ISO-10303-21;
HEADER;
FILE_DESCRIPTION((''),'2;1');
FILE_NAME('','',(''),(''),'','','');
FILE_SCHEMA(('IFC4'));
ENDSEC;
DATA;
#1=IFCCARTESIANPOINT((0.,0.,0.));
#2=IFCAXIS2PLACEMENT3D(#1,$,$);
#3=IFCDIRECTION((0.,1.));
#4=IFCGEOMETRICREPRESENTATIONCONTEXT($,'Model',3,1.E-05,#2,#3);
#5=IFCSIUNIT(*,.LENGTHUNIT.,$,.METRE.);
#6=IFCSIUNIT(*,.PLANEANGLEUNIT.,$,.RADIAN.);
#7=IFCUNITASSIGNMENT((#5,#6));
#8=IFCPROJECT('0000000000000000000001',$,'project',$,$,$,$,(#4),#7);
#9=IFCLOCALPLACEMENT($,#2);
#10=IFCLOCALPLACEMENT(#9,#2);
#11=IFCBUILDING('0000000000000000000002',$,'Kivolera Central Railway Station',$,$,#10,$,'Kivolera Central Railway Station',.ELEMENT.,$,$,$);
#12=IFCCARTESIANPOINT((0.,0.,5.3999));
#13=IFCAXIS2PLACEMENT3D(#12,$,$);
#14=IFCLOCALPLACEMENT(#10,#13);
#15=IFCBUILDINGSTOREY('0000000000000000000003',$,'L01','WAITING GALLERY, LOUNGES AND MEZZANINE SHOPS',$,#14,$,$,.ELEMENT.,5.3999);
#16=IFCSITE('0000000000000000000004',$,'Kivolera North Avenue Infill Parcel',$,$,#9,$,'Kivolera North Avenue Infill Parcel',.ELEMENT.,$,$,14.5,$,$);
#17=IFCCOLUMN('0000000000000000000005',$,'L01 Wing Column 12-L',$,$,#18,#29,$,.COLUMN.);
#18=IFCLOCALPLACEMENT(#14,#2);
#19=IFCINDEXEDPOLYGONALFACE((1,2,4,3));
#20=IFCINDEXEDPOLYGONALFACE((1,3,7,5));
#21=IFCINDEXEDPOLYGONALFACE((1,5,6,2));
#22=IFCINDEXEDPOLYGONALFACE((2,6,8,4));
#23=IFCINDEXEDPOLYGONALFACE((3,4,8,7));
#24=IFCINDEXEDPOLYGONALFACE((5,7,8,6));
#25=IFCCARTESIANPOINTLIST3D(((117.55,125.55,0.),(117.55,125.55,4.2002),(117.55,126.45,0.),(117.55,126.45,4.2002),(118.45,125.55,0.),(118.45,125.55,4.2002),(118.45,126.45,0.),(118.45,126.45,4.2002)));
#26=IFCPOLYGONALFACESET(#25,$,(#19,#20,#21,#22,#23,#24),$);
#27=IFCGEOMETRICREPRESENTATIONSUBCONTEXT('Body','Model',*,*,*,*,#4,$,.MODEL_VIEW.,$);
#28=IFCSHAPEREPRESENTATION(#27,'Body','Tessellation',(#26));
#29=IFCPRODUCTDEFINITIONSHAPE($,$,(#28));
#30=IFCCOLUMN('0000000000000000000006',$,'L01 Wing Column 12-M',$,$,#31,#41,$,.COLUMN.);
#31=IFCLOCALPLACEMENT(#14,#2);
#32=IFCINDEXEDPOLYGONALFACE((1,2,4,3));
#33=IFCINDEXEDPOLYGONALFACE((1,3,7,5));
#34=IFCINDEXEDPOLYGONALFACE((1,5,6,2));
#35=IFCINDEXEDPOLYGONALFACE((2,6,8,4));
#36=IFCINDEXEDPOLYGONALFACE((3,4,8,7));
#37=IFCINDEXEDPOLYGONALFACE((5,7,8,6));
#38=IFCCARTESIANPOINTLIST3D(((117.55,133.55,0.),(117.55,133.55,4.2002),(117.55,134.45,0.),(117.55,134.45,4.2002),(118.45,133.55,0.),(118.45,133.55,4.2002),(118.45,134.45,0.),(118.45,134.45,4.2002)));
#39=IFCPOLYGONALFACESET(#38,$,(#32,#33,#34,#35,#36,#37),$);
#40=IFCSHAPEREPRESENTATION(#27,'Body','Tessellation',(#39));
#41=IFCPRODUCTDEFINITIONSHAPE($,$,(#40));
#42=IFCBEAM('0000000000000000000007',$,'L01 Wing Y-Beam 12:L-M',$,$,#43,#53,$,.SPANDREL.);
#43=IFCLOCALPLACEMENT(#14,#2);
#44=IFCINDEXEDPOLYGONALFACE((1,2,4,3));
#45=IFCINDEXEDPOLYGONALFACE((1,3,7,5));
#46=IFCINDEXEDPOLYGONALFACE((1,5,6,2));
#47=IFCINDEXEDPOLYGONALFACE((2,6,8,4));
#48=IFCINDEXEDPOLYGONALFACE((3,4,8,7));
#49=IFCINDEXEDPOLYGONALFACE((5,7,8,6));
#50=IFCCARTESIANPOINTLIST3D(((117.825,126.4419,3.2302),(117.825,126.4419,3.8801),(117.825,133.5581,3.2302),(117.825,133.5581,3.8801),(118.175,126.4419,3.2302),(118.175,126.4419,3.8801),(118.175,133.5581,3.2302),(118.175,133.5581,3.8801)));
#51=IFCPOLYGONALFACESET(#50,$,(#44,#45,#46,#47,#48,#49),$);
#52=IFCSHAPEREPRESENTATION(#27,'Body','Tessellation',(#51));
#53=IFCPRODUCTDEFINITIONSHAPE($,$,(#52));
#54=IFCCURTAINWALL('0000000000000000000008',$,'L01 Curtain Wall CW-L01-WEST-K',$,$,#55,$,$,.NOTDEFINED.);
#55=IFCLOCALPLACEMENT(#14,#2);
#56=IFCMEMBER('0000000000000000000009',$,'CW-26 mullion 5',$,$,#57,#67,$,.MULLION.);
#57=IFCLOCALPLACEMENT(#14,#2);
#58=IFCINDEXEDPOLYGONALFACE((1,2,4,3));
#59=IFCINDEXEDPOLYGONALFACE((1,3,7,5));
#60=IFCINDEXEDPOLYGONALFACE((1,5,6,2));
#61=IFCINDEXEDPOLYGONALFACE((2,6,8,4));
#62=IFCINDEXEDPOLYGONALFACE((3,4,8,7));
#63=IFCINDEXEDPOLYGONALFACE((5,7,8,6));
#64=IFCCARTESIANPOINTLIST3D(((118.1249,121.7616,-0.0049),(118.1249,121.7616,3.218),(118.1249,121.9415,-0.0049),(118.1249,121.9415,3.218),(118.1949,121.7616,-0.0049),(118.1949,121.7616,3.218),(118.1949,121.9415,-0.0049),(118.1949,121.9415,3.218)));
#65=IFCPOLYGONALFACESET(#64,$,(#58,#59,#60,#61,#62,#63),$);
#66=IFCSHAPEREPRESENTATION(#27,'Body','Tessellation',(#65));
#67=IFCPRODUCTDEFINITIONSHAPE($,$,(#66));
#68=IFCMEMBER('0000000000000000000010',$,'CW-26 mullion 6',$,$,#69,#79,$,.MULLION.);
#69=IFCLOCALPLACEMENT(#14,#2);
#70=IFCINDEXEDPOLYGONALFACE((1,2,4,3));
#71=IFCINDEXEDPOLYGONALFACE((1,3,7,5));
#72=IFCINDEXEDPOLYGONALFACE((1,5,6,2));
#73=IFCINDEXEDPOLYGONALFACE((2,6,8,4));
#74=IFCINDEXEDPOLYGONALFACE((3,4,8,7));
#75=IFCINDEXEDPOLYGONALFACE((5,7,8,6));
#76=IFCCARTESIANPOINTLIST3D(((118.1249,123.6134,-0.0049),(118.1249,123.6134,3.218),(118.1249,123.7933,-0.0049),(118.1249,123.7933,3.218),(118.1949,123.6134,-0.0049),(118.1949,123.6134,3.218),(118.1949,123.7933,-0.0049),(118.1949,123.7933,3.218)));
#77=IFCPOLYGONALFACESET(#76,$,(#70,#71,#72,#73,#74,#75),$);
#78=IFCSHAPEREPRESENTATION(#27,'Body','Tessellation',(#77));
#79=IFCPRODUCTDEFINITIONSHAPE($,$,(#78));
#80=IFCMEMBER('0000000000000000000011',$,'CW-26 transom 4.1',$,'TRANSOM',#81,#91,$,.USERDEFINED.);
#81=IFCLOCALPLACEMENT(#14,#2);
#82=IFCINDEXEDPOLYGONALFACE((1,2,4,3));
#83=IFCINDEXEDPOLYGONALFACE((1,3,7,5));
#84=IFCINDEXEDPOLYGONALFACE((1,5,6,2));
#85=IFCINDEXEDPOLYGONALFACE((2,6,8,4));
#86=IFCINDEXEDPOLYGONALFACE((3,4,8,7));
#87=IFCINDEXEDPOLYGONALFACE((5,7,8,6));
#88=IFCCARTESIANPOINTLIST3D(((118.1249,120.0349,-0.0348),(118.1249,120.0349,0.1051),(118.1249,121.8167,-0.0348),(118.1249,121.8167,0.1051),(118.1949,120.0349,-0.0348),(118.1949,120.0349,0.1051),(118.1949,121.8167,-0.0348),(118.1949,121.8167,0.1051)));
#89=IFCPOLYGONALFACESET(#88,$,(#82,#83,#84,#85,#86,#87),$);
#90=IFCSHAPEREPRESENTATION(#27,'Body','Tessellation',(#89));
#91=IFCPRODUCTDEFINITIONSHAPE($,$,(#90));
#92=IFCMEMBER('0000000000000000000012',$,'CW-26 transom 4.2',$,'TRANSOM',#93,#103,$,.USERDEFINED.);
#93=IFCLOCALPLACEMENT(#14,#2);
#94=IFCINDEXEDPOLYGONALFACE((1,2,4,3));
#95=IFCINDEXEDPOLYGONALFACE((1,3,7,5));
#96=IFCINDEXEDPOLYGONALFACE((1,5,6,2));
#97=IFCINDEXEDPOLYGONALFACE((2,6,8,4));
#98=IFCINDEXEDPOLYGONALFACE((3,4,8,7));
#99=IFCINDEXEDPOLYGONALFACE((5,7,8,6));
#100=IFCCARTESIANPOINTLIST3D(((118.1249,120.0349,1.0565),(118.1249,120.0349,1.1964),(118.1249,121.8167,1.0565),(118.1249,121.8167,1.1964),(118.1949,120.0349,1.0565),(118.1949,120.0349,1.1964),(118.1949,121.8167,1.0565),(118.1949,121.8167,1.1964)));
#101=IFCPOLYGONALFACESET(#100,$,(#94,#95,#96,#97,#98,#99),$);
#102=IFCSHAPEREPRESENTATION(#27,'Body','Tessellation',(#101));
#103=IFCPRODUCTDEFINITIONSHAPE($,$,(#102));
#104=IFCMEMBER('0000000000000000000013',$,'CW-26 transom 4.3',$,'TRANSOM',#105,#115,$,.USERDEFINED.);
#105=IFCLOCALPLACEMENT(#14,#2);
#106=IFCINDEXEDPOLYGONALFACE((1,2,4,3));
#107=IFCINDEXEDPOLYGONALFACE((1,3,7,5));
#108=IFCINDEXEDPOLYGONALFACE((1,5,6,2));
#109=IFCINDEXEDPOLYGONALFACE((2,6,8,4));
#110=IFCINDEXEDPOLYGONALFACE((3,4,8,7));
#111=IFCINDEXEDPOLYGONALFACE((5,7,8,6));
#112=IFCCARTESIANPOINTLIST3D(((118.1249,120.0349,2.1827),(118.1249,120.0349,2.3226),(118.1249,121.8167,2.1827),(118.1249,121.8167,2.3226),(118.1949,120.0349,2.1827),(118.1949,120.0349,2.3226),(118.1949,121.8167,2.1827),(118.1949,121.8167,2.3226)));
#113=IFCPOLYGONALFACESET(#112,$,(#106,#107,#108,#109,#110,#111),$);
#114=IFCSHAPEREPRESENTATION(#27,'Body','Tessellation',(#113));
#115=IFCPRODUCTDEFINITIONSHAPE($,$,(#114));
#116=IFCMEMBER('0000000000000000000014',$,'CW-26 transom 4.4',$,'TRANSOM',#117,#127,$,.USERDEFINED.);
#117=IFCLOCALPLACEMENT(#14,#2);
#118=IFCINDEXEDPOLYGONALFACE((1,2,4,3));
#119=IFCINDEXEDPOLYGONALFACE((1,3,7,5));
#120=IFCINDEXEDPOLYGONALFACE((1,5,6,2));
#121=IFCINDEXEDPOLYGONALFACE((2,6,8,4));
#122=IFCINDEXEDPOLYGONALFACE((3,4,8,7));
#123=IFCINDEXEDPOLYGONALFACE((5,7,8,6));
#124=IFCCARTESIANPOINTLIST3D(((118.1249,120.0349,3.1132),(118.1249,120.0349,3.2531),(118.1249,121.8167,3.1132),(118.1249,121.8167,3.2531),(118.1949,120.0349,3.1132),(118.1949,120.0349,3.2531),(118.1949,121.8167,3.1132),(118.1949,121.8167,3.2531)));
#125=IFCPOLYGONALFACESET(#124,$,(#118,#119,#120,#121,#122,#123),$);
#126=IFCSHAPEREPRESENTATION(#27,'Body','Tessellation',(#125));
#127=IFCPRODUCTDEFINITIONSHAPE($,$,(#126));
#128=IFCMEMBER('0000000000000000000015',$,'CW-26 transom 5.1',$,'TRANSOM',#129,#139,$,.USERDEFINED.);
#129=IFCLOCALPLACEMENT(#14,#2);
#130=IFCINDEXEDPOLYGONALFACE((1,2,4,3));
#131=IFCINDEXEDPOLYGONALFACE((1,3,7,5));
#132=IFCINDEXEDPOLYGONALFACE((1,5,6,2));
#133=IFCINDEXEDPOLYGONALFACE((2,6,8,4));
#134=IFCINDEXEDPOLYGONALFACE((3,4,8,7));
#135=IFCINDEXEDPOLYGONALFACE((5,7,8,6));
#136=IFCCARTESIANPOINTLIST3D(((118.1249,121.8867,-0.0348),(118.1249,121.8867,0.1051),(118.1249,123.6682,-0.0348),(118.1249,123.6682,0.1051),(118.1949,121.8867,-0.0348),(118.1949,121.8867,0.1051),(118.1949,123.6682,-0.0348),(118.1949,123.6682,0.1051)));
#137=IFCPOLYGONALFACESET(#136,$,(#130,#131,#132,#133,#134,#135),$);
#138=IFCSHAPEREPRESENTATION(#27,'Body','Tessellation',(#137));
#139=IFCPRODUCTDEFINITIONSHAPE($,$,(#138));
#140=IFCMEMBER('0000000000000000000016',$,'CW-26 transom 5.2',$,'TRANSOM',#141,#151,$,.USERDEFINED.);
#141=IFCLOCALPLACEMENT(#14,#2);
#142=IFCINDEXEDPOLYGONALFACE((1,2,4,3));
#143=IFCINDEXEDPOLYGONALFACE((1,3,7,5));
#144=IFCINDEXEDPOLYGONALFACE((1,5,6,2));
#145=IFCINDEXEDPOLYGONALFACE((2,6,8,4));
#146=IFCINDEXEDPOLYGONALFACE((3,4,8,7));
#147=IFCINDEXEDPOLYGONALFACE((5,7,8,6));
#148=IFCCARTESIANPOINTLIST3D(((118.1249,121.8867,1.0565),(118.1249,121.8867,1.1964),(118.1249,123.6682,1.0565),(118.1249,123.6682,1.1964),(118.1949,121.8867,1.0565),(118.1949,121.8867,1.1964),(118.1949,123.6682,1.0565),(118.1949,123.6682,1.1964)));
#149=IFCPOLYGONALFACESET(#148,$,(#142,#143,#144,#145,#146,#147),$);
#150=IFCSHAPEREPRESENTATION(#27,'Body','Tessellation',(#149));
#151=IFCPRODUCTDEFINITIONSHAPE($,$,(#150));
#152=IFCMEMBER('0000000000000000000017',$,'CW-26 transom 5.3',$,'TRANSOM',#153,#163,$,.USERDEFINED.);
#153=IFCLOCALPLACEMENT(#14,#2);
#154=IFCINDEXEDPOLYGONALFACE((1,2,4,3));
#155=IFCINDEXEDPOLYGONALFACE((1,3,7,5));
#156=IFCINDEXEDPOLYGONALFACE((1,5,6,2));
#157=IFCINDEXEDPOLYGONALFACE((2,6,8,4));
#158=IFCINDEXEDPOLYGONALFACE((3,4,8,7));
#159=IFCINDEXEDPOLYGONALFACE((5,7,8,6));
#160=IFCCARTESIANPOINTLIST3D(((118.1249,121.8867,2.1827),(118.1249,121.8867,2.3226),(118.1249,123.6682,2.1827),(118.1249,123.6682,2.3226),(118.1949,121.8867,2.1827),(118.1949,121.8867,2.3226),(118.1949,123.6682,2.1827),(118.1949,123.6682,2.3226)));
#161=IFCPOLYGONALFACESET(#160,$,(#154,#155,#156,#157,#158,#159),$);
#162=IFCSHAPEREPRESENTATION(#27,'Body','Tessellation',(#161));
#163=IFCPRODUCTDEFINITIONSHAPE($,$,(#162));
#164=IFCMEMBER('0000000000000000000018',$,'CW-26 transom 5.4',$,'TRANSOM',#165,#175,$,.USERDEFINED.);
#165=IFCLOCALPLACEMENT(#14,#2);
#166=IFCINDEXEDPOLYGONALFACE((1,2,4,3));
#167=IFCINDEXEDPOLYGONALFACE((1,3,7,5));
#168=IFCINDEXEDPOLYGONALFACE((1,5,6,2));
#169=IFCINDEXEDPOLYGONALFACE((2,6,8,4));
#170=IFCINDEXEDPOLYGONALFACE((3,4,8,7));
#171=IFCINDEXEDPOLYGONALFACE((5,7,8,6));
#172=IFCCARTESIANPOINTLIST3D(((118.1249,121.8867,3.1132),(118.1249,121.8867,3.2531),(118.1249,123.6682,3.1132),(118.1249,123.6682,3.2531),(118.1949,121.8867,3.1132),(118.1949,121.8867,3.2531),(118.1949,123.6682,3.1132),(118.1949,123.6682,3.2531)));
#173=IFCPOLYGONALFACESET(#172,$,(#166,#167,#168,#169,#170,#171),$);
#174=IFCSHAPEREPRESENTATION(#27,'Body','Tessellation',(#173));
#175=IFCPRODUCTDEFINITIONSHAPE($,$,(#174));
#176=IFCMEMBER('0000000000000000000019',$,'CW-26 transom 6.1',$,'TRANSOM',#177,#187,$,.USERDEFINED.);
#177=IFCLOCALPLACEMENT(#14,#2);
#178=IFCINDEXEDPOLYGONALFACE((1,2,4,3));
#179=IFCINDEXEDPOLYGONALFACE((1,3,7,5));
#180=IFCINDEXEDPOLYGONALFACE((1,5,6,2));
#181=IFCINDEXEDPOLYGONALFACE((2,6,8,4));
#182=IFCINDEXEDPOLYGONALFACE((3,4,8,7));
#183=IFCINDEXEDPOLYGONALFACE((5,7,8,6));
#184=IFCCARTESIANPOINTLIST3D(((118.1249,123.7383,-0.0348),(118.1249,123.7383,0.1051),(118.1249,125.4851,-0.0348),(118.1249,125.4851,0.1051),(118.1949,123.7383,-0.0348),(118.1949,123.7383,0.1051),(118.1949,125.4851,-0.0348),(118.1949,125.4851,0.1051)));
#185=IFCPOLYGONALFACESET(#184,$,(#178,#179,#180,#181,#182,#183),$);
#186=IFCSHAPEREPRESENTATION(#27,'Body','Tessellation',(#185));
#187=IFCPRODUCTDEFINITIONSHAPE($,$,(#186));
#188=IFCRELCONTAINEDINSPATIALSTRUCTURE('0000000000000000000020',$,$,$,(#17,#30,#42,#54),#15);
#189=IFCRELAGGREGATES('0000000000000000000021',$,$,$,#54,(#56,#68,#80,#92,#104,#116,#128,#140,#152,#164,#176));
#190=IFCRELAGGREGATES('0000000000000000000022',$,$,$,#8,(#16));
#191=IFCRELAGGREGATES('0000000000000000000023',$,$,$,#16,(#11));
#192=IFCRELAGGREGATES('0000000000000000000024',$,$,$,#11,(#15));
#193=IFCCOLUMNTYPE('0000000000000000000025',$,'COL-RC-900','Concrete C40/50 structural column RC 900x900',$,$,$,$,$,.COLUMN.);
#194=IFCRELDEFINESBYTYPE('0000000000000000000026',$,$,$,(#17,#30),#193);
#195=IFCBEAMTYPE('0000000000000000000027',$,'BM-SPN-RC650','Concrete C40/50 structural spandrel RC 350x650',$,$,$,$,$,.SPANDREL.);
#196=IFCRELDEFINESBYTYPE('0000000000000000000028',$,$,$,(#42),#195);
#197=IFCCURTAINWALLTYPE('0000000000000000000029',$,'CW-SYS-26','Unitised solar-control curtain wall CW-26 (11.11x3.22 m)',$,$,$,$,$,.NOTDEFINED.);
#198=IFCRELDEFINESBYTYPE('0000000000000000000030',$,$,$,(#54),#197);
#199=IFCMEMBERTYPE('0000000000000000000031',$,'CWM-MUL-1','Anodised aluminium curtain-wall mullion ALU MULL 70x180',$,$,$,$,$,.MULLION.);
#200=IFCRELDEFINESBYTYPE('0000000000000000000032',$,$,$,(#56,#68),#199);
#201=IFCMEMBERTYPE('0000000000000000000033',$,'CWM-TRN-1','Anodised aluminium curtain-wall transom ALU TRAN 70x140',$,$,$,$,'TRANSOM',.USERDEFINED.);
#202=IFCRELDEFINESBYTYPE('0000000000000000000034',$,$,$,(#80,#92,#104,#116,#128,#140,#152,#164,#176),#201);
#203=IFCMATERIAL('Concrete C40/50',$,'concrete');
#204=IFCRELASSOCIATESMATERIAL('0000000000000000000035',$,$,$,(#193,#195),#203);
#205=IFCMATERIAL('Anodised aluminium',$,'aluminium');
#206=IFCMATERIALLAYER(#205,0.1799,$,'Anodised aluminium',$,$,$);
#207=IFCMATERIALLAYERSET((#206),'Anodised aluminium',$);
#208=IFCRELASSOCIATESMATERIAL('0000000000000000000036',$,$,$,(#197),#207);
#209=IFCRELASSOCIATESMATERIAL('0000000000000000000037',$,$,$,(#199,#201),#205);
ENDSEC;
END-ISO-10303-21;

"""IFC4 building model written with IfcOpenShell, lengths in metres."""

from ifc_helpers import new_model, si_unit, direction, frame, origin, origin_2d, place, context, subcontext, project, spatial, rectangle, extrude, material, layer, layer_set, material_profile, profile_set, type_object, element, aggregate, save


model = new_model("IFC4")

# Units and contexts
model_context = context("Model", 3, precision=1e-05, world=origin(), true_north=direction((0.0, 1.0)))
body_context = subcontext(model_context, "Body", "Model", "MODEL_VIEW")
ifc_project = project(units=[si_unit("LENGTHUNIT", "METRE"), si_unit("PLANEANGLEUNIT", "RADIAN")], contexts=[model_context])

# Site, building, storey
site_placement = place(None, origin())
site = spatial("IfcSite", under=ifc_project, at=site_placement, Name="Kivolera North Avenue Infill Parcel", LongName="Kivolera North Avenue Infill Parcel", CompositionType="ELEMENT", RefElevation=14.5)
building_placement = place(site_placement, origin())
building = spatial("IfcBuilding", under=site, at=building_placement, Name="Kivolera Central Railway Station", LongName="Kivolera Central Railway Station", CompositionType="ELEMENT")
storey_placement = place(building_placement, frame((0.0, 0.0, 5.3999)))
storey = spatial("IfcBuildingStorey", under=building, at=storey_placement, Name="L01", Description="WAITING GALLERY, LOUNGES AND MEZZANINE SHOPS", CompositionType="ELEMENT", Elevation=5.3999)

# Columns
ifc_material_1 = material(Name="Concrete C40/50", Category="concrete")
ifc_material_profile_1 = material_profile(ifc_material_1, rectangle(XDim=0.8999, YDim=0.8999, at=origin_2d()), Name="RC 900x900")
ifc_profile_set_1 = profile_set([ifc_material_profile_1], Name="Concrete C40/50")
column_type = type_object("IfcColumnType", Name="COL-RC-900", Description="Concrete C40/50 structural column RC 900x900", PredefinedType="COLUMN", material=ifc_profile_set_1)
for number, where, z_axis, x_axis, name in (
    (1, (118.0, 126.0, 0.0), (0.0, 0.0, 1.0), (1.0, 0.0, 0.0), "L01 Wing Column 12-L"),
    (2, (118.0, 134.0, 0.0), (0.0, 0.0, 1.0), (1.0, 0.0, 0.0), "L01 Wing Column 12-M"),
):
    element("IfcColumn", number, at=place(storey_placement, frame(where, z_axis=z_axis, x_axis=x_axis)), inside=storey, type_object=column_type, Name=name, PredefinedType="COLUMN", context=body_context, shape_type="SweptSolid", body=[
        extrude(rectangle(XDim=0.8999, YDim=0.8999, at=origin_2d()), origin(), (0.0, 0.0, 1.0), 4.2002),
    ])

# Beam
ifc_material_profile_2 = material_profile(ifc_material_1, rectangle(XDim=0.3501, YDim=0.6499, at=origin_2d()), Name="RC 350x650")
ifc_profile_set_2 = profile_set([ifc_material_profile_2], Name="Concrete C40/50")
beam_type = type_object("IfcBeamType", Name="BM-SPN-RC650", Description="Concrete C40/50 structural spandrel RC 350x650", PredefinedType="SPANDREL", material=ifc_profile_set_2)
beam_placement = place(storey_placement, frame((118.0, 126.4419, 3.5552), z_axis=(0.0, 1.0, 0.0), x_axis=(-1.0, 0.0, 0.0)))
element("IfcBeam", 3, at=beam_placement, inside=storey, type_object=beam_type, Name="L01 Wing Y-Beam 12:L-M", PredefinedType="SPANDREL", context=body_context, shape_type="SweptSolid", body=[
    extrude(rectangle(XDim=0.3501, YDim=0.6499, at=origin_2d()), origin(), (0.0, 0.0, 1.0), 7.1162),
])

# Curtain wall, members
ifc_material_2 = material(Name="Anodised aluminium", Category="aluminium")
ifc_layer_1 = layer(ifc_material_2, 0.1799, Name="Anodised aluminium")
ifc_layer_set_1 = layer_set([ifc_layer_1], Name="Anodised aluminium")
curtain_wall_type = type_object("IfcCurtainWallType", Name="CW-SYS-26", Description="Unitised solar-control curtain wall CW-26 (11.11x3.22 m)", PredefinedType="NOTDEFINED", material=ifc_layer_set_1)
curtain_wall_placement = place(storey_placement, origin())
curtain_wall = element("IfcCurtainWall", 4, at=curtain_wall_placement, inside=storey, type_object=curtain_wall_type, Name="L01 Curtain Wall CW-L01-WEST-K", PredefinedType="NOTDEFINED")
ifc_material_profile_3 = material_profile(ifc_material_2, rectangle(XDim=0.0701, YDim=0.1799, at=origin_2d()), Name="ALU MULL 70x180")
ifc_profile_set_3 = profile_set([ifc_material_profile_3], Name="Anodised aluminium")
member_type_1 = type_object("IfcMemberType", Name="CWM-MUL-1", Description="Anodised aluminium curtain-wall mullion ALU MULL 70x180", PredefinedType="MULLION", material=ifc_profile_set_3)
member_1_placement = place(storey_placement, frame((118.1599, 121.8516, -0.0049), z_axis=(0.0, 0.0, 1.0), x_axis=(-1.0, 0.0, 0.0)))
member_1 = element("IfcMember", 5, at=member_1_placement, type_object=member_type_1, Name="CW-26 mullion 5", PredefinedType="MULLION", context=body_context, shape_type="SweptSolid", body=[
    extrude(rectangle(XDim=0.0701, YDim=0.1799, at=origin_2d()), origin(), (0.0, 0.0, 1.0), 3.2229),
])
member_2_placement = place(storey_placement, frame((118.1599, 123.7034, -0.0049), z_axis=(0.0, 0.0, 1.0), x_axis=(-1.0, 0.0, 0.0)))
member_2 = element("IfcMember", 6, at=member_2_placement, type_object=member_type_1, Name="CW-26 mullion 6", PredefinedType="MULLION", context=body_context, shape_type="SweptSolid", body=[
    extrude(rectangle(XDim=0.0701, YDim=0.1799, at=origin_2d()), origin(), (0.0, 0.0, 1.0), 3.2229),
])
ifc_material_profile_4 = material_profile(ifc_material_2, rectangle(XDim=0.0701, YDim=0.1399, at=origin_2d()), Name="ALU TRAN 70x140")
ifc_profile_set_4 = profile_set([ifc_material_profile_4], Name="Anodised aluminium")
member_type_2 = type_object("IfcMemberType", Name="CWM-TRN-1", Description="Anodised aluminium curtain-wall transom ALU TRAN 70x140", ElementType="TRANSOM", PredefinedType="USERDEFINED", material=ifc_profile_set_4)
member_3_placement = place(storey_placement, frame((118.1599, 120.0349, 0.0352), z_axis=(0.0, 1.0, 0.0), x_axis=(-1.0, 0.0, 0.0)))
member_3 = element("IfcMember", 7, at=member_3_placement, type_object=member_type_2, Name="CW-26 transom 4.1", ObjectType="TRANSOM", PredefinedType="USERDEFINED", context=body_context, shape_type="SweptSolid", body=[
    extrude(rectangle(XDim=0.0701, YDim=0.1399, at=origin_2d()), origin(), (0.0, 0.0, 1.0), 1.7817),
])
member_4_placement = place(storey_placement, frame((118.1599, 120.0349, 1.1265), z_axis=(0.0, 1.0, 0.0), x_axis=(-1.0, 0.0, 0.0)))
member_4 = element("IfcMember", 8, at=member_4_placement, type_object=member_type_2, Name="CW-26 transom 4.2", ObjectType="TRANSOM", PredefinedType="USERDEFINED", context=body_context, shape_type="SweptSolid", body=[
    extrude(rectangle(XDim=0.0701, YDim=0.1399, at=origin_2d()), origin(), (0.0, 0.0, 1.0), 1.7817),
])
member_5_placement = place(storey_placement, frame((118.1599, 120.0349, 2.2527), z_axis=(0.0, 1.0, 0.0), x_axis=(-1.0, 0.0, 0.0)))
member_5 = element("IfcMember", 9, at=member_5_placement, type_object=member_type_2, Name="CW-26 transom 4.3", ObjectType="TRANSOM", PredefinedType="USERDEFINED", context=body_context, shape_type="SweptSolid", body=[
    extrude(rectangle(XDim=0.0701, YDim=0.1399, at=origin_2d()), origin(), (0.0, 0.0, 1.0), 1.7817),
])
member_6_placement = place(storey_placement, frame((118.1599, 120.0349, 3.1831), z_axis=(0.0, 1.0, 0.0), x_axis=(-1.0, 0.0, 0.0)))
member_6 = element("IfcMember", 10, at=member_6_placement, type_object=member_type_2, Name="CW-26 transom 4.4", ObjectType="TRANSOM", PredefinedType="USERDEFINED", context=body_context, shape_type="SweptSolid", body=[
    extrude(rectangle(XDim=0.0701, YDim=0.1399, at=origin_2d()), origin(), (0.0, 0.0, 1.0), 1.7817),
])
member_7_placement = place(storey_placement, frame((118.1599, 121.8867, 0.0352), z_axis=(0.0, 1.0, 0.0), x_axis=(-1.0, 0.0, 0.0)))
member_7 = element("IfcMember", 11, at=member_7_placement, type_object=member_type_2, Name="CW-26 transom 5.1", ObjectType="TRANSOM", PredefinedType="USERDEFINED", context=body_context, shape_type="SweptSolid", body=[
    extrude(rectangle(XDim=0.0701, YDim=0.1399, at=origin_2d()), origin(), (0.0, 0.0, 1.0), 1.7815),
])
member_8_placement = place(storey_placement, frame((118.1599, 121.8867, 1.1265), z_axis=(0.0, 1.0, 0.0), x_axis=(-1.0, 0.0, 0.0)))
member_8 = element("IfcMember", 12, at=member_8_placement, type_object=member_type_2, Name="CW-26 transom 5.2", ObjectType="TRANSOM", PredefinedType="USERDEFINED", context=body_context, shape_type="SweptSolid", body=[
    extrude(rectangle(XDim=0.0701, YDim=0.1399, at=origin_2d()), origin(), (0.0, 0.0, 1.0), 1.7815),
])
member_9_placement = place(storey_placement, frame((118.1599, 121.8867, 2.2527), z_axis=(0.0, 1.0, 0.0), x_axis=(-1.0, 0.0, 0.0)))
member_9 = element("IfcMember", 13, at=member_9_placement, type_object=member_type_2, Name="CW-26 transom 5.3", ObjectType="TRANSOM", PredefinedType="USERDEFINED", context=body_context, shape_type="SweptSolid", body=[
    extrude(rectangle(XDim=0.0701, YDim=0.1399, at=origin_2d()), origin(), (0.0, 0.0, 1.0), 1.7815),
])
member_10_placement = place(storey_placement, frame((118.1599, 121.8867, 3.1831), z_axis=(0.0, 1.0, 0.0), x_axis=(-1.0, 0.0, 0.0)))
member_10 = element("IfcMember", 14, at=member_10_placement, type_object=member_type_2, Name="CW-26 transom 5.4", ObjectType="TRANSOM", PredefinedType="USERDEFINED", context=body_context, shape_type="SweptSolid", body=[
    extrude(rectangle(XDim=0.0701, YDim=0.1399, at=origin_2d()), origin(), (0.0, 0.0, 1.0), 1.7815),
])
member_11_placement = place(storey_placement, frame((118.1599, 123.7383, 0.0352), z_axis=(0.0, 1.0, 0.0), x_axis=(-1.0, 0.0, 0.0)))
member_11 = element("IfcMember", 15, at=member_11_placement, type_object=member_type_2, Name="CW-26 transom 6.1", ObjectType="TRANSOM", PredefinedType="USERDEFINED", context=body_context, shape_type="SweptSolid", body=[
    extrude(rectangle(XDim=0.0701, YDim=0.1399, at=origin_2d()), origin(), (0.0, 0.0, 1.0), 1.7468),
])
aggregate(curtain_wall, [member_1, member_2, member_3, member_4, member_5, member_6, member_7, member_8, member_9, member_10, member_11])

save(model, "model.ifc")
